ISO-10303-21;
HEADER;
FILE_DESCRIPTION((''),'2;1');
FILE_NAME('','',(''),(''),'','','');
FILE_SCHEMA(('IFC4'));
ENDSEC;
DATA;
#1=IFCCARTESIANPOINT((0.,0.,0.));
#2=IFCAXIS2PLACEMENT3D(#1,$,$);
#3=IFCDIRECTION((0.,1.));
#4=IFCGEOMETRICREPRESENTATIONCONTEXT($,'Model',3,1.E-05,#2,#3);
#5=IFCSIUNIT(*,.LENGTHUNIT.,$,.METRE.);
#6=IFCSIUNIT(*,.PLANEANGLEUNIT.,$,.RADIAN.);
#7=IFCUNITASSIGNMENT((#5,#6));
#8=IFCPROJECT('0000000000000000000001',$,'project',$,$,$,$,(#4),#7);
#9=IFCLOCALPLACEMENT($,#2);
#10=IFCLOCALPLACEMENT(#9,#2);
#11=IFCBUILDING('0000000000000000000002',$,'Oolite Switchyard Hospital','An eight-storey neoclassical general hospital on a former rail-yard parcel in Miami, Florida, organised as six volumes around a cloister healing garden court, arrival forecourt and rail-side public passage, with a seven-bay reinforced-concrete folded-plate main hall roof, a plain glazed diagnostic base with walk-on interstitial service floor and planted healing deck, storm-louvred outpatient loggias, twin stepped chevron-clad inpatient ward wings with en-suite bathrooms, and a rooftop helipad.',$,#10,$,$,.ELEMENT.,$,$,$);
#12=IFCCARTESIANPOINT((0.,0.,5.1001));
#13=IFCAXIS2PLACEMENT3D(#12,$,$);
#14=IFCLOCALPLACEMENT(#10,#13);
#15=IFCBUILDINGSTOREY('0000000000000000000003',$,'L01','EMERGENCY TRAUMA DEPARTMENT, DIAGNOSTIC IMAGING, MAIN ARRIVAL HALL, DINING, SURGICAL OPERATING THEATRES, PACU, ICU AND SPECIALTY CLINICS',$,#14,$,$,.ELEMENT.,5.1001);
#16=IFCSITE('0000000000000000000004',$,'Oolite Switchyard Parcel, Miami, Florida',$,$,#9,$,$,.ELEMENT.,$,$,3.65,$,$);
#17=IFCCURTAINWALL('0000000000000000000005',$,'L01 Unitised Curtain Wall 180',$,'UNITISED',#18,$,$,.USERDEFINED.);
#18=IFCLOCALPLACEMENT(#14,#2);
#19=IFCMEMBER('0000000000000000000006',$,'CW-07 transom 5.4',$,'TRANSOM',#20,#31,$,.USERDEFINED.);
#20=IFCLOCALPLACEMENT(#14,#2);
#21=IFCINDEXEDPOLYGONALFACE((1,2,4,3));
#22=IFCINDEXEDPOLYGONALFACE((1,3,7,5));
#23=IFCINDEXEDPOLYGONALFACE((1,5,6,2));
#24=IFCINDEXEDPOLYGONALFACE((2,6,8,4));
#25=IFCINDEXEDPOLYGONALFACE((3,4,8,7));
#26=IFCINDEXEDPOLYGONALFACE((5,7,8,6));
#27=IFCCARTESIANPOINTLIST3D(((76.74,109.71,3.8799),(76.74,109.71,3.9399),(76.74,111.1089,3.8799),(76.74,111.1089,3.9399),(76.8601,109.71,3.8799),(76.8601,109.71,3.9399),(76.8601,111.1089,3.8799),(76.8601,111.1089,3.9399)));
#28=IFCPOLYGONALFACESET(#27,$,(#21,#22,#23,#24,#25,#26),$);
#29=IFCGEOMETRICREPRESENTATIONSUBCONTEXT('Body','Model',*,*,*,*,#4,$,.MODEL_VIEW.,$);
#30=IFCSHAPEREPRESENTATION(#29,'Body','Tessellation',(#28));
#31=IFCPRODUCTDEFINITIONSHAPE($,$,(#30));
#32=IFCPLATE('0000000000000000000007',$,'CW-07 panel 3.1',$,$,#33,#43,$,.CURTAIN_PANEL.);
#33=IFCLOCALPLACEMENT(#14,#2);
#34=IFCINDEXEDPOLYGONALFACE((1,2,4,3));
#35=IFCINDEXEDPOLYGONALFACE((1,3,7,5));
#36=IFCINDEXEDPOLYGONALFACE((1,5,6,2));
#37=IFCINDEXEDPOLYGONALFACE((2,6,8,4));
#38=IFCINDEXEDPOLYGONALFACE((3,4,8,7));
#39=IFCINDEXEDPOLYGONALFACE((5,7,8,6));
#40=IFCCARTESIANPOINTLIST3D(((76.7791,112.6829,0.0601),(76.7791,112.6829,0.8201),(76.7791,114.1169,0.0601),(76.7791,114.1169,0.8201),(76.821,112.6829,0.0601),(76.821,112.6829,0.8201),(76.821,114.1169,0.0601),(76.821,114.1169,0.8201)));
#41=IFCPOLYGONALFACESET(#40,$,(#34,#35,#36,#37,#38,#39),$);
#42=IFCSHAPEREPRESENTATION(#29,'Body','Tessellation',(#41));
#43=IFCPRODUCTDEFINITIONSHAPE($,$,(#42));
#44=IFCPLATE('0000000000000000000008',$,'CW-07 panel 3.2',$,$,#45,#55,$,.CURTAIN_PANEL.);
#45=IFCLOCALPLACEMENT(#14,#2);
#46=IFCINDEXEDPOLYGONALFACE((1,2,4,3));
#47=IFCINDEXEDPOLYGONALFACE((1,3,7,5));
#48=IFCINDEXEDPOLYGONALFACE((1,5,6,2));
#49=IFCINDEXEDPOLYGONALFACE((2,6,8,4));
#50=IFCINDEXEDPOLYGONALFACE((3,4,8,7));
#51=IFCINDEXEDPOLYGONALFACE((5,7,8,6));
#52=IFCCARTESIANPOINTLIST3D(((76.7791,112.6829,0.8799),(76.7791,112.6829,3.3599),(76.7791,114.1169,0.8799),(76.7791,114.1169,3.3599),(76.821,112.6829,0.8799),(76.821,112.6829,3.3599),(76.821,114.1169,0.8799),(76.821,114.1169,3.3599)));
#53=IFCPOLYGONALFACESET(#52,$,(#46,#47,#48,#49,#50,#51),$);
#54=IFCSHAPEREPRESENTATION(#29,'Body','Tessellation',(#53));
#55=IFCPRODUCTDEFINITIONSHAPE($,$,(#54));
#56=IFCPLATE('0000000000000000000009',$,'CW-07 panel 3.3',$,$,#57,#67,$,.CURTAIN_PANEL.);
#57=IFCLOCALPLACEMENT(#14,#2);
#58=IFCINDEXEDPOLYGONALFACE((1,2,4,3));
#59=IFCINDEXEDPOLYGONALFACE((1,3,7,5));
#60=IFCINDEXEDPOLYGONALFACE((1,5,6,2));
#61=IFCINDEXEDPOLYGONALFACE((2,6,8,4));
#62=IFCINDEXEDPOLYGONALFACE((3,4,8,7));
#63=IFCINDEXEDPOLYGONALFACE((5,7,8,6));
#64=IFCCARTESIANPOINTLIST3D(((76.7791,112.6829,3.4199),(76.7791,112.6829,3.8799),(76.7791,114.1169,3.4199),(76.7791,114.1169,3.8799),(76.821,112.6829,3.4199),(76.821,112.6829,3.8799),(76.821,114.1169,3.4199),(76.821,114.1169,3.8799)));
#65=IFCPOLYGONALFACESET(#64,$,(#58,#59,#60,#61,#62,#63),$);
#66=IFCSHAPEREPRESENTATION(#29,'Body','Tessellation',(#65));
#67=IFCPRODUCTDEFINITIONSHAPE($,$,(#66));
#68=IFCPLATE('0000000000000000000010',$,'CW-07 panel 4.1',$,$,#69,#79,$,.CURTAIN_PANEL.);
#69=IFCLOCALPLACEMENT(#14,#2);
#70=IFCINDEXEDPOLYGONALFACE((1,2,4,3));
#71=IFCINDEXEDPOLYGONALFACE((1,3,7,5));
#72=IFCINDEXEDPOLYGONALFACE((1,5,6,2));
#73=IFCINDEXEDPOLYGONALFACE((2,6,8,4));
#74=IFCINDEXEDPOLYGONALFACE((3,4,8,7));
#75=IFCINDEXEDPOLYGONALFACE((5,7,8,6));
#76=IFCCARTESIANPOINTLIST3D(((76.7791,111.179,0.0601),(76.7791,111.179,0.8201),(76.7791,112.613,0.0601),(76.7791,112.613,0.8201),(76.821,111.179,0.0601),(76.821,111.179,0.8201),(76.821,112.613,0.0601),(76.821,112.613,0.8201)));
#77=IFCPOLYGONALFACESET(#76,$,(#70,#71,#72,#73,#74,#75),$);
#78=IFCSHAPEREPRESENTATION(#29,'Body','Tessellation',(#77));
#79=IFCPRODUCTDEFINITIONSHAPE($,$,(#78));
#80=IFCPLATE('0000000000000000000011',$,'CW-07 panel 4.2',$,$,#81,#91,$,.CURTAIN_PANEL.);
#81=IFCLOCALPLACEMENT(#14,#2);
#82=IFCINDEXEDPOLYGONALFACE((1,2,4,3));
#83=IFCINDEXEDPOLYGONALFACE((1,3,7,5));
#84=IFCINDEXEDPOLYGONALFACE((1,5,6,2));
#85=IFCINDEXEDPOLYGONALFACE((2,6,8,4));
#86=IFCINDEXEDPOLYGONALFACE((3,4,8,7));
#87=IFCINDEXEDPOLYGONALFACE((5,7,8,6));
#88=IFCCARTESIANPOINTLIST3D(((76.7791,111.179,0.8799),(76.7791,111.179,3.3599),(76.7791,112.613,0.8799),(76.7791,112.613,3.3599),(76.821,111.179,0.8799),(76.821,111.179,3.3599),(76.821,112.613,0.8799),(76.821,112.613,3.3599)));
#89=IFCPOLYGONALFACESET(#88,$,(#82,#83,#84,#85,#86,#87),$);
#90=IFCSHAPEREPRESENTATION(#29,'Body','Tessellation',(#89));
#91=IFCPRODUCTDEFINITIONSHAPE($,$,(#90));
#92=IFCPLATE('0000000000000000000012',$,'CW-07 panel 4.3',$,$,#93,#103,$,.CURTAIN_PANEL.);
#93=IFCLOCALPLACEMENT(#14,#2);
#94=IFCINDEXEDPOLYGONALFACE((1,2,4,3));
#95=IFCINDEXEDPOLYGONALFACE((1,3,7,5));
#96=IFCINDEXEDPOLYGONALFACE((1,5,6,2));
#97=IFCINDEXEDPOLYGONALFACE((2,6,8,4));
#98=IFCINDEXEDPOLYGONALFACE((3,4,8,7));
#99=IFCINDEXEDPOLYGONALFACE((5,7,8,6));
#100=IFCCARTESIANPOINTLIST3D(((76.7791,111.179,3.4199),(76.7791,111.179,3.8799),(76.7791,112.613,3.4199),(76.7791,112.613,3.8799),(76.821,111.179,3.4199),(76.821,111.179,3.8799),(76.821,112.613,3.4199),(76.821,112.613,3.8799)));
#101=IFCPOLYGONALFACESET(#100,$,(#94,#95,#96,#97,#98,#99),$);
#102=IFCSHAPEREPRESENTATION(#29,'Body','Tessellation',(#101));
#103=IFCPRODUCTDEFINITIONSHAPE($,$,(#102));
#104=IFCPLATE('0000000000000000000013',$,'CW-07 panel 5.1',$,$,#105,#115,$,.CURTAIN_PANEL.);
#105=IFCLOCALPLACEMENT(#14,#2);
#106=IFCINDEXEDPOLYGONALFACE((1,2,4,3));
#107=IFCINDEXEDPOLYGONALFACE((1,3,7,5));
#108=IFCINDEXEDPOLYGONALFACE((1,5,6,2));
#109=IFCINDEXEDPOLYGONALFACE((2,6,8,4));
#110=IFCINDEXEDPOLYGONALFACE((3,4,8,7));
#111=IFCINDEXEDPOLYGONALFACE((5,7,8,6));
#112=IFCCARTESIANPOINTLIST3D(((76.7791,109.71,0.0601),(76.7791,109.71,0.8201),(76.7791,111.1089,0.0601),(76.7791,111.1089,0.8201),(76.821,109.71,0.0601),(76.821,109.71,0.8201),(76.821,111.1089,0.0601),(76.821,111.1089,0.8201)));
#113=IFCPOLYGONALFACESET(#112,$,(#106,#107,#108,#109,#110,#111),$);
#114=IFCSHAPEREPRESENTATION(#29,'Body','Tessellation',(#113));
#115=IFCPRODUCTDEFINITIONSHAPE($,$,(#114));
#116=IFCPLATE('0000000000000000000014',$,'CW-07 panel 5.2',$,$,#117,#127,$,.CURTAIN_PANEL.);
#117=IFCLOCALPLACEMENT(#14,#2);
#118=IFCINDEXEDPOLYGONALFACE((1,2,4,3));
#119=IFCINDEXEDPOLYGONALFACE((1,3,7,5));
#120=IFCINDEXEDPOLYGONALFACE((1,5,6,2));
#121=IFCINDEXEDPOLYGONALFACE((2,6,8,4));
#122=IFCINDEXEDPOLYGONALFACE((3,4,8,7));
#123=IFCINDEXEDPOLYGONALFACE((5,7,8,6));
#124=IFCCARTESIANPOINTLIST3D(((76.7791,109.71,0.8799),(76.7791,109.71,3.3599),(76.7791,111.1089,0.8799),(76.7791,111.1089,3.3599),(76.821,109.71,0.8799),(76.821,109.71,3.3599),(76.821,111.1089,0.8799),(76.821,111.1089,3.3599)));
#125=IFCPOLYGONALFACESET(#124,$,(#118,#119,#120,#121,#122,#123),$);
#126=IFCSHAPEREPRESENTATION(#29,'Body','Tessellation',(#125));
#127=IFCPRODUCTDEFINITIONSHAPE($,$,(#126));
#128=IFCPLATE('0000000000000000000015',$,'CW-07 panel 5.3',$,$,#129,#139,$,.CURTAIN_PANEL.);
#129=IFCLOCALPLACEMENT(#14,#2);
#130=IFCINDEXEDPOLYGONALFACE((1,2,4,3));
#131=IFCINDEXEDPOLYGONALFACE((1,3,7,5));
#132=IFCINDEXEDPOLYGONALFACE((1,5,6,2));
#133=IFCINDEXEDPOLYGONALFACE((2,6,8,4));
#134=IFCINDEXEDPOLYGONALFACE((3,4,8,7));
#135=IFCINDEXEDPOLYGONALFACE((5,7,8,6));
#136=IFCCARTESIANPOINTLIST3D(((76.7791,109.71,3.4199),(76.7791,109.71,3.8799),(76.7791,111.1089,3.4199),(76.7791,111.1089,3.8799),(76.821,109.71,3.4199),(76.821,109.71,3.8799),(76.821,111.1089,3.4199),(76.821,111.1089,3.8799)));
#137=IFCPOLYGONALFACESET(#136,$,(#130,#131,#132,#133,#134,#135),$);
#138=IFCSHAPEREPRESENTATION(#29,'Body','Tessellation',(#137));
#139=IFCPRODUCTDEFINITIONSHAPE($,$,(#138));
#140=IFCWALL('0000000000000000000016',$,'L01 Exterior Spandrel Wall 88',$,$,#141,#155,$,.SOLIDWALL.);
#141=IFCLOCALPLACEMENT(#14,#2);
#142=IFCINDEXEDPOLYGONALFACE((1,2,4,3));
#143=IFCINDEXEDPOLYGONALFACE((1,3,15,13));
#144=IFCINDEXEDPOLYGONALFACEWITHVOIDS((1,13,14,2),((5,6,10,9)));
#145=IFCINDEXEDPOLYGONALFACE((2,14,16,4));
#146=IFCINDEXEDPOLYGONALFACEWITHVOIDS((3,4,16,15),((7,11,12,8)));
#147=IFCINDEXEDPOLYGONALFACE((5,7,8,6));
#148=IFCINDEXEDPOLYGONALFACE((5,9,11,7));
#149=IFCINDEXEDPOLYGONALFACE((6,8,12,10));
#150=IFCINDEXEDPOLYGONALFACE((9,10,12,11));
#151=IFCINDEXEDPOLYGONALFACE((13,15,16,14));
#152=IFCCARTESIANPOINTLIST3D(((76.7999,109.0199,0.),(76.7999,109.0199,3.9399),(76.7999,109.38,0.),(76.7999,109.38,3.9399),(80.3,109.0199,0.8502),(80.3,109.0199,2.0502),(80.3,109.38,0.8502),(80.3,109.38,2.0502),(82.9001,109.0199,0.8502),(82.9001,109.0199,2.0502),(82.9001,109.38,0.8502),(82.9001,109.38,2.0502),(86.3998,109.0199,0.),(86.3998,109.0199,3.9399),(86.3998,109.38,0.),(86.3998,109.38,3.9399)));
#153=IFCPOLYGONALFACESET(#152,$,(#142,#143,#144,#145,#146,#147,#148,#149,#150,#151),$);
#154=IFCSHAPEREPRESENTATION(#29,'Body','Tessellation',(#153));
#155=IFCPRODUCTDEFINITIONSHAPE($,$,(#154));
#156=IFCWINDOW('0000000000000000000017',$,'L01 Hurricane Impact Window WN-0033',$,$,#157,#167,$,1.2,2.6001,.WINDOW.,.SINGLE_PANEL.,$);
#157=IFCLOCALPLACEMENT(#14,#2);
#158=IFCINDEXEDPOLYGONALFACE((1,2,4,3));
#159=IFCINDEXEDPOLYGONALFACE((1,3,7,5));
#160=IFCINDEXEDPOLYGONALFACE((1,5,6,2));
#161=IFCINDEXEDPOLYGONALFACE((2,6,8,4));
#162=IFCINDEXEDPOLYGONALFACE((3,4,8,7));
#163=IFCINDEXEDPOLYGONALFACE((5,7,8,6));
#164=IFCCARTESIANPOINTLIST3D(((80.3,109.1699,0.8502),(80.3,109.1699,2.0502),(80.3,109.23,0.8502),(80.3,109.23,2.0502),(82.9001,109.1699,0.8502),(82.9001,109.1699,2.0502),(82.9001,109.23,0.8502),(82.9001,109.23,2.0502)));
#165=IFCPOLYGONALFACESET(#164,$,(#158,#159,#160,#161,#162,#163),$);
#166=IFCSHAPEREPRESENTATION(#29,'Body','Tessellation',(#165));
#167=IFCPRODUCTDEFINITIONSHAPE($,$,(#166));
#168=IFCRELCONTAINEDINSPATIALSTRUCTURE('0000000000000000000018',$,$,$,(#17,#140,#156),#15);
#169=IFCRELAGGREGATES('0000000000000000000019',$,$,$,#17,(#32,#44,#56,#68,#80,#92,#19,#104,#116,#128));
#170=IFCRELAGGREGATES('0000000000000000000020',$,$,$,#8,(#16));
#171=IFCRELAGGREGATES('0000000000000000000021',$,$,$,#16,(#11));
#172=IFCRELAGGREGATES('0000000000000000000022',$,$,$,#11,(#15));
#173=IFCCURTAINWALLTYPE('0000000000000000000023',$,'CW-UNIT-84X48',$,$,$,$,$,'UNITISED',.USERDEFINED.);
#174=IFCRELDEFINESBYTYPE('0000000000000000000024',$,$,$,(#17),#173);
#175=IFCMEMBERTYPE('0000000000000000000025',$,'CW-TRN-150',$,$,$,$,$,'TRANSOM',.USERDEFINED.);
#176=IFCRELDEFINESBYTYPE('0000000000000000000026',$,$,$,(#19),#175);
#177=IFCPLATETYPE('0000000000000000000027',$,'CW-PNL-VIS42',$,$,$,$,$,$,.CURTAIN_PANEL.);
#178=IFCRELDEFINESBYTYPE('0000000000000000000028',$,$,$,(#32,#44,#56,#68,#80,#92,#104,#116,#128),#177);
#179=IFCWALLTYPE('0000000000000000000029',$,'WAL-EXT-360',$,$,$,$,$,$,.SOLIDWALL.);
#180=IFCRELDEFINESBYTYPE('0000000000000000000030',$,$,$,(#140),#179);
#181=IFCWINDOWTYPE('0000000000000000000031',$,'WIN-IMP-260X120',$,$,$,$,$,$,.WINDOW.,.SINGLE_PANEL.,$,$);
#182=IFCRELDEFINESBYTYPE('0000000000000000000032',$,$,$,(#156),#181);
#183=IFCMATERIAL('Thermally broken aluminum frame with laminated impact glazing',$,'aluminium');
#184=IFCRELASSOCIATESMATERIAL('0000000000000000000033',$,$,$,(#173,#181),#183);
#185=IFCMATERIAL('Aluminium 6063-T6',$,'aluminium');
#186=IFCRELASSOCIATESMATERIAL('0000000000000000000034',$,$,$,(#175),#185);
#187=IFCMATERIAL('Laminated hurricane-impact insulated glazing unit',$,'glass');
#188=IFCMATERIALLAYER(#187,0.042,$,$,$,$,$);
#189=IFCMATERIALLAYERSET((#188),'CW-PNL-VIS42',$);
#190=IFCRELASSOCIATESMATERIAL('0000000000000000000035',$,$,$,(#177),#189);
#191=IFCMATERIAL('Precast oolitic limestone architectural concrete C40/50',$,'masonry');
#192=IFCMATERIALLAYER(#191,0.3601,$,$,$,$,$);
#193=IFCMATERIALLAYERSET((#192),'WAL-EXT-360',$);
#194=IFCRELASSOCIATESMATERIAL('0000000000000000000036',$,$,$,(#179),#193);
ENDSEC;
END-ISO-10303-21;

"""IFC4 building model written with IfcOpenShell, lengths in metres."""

from ifc_helpers import new_model, si_unit, direction, frame, frame_2d, origin, origin_2d, place, context, subcontext, project, spatial, rectangle, extrude, material, layer, layer_set, material_profile, profile_set, type_object, element, fill, aggregate, save


model = new_model("IFC4")

# Units and contexts
model_context = context("Model", 3, precision=1e-05, world=origin(), true_north=direction((0.0, 1.0)))
body_context = subcontext(model_context, "Body", "Model", "MODEL_VIEW")
ifc_project = project(units=[si_unit("LENGTHUNIT", "METRE"), si_unit("PLANEANGLEUNIT", "RADIAN")], contexts=[model_context])

# Site, building, storey
site_placement = place(None, origin())
site = spatial("IfcSite", under=ifc_project, at=site_placement, Name="Oolite Switchyard Parcel, Miami, Florida", CompositionType="ELEMENT", RefElevation=3.65)
building_placement = place(site_placement, origin())
building = spatial("IfcBuilding", under=site, at=building_placement, Name="Oolite Switchyard Hospital", Description="An eight-storey neoclassical general hospital on a former rail-yard parcel in Miami, Florida, organised as six volumes around a cloister healing garden court, arrival forecourt and rail-side public passage, with a seven-bay reinforced-concrete folded-plate main hall roof, a plain glazed diagnostic base with walk-on interstitial service floor and planted healing deck, storm-louvred outpatient loggias, twin stepped chevron-clad inpatient ward wings with en-suite bathrooms, and a rooftop helipad.", CompositionType="ELEMENT")
storey_placement = place(building_placement, frame((0.0, 0.0, 5.1001)))
storey = spatial("IfcBuildingStorey", under=building, at=storey_placement, Name="L01", Description="EMERGENCY TRAUMA DEPARTMENT, DIAGNOSTIC IMAGING, MAIN ARRIVAL HALL, DINING, SURGICAL OPERATING THEATRES, PACU, ICU AND SPECIALTY CLINICS", CompositionType="ELEMENT", Elevation=5.1001)

# Curtain wall, member, plates
ifc_material_1 = material(Name="Thermally broken aluminum frame with laminated impact glazing", Category="aluminium")
curtain_wall_type = type_object("IfcCurtainWallType", Name="CW-UNIT-84X48", ElementType="UNITISED", PredefinedType="USERDEFINED", material=ifc_material_1)
curtain_wall_placement = place(storey_placement, origin())
curtain_wall = element("IfcCurtainWall", 1, at=curtain_wall_placement, inside=storey, type_object=curtain_wall_type, Name="L01 Unitised Curtain Wall 180", ObjectType="UNITISED", PredefinedType="USERDEFINED")
ifc_material_2 = material(Name="Aluminium 6063-T6", Category="aluminium")
ifc_material_profile_1 = material_profile(ifc_material_2, rectangle(XDim=0.1201, YDim=0.0601, at=origin_2d()), Name="CWT60X120")
ifc_profile_set_1 = profile_set([ifc_material_profile_1], Name="Aluminium 6063-T6")
member_type_1 = type_object("IfcMemberType", Name="CW-TRN-150", ElementType="TRANSOM", PredefinedType="USERDEFINED", material=ifc_profile_set_1)
member_1_placement = place(storey_placement, frame((76.8, 111.1089, 3.9099), z_axis=(0.0, -1.0, 0.0), x_axis=(1.0, 0.0, 0.0)))
member_1 = element("IfcMember", 2, at=member_1_placement, type_object=member_type_1, Name="CW-07 transom 5.4", ObjectType="TRANSOM", PredefinedType="USERDEFINED", context=body_context, shape_type="SweptSolid", body=[
    extrude(rectangle(XDim=0.1201, YDim=0.0601, at=origin_2d()), origin(), (0.0, 0.0, 1.0), 1.3989),
])
ifc_material_3 = material(Name="Laminated hurricane-impact insulated glazing unit", Category="glass")
ifc_layer_1 = layer(ifc_material_3, 0.042)
ifc_layer_set_1 = layer_set([ifc_layer_1], Name="CW-PNL-VIS42")
plate_type = type_object("IfcPlateType", Name="CW-PNL-VIS42", PredefinedType="CURTAIN_PANEL", material=ifc_layer_set_1)
plate_1_placement = place(storey_placement, frame((76.8, 113.3999, 0.0601), z_axis=(0.0, 0.0, 1.0), x_axis=(0.0, -1.0, 0.0)))
plate_1 = element("IfcPlate", 3, at=plate_1_placement, type_object=plate_type, Name="CW-07 panel 3.1", PredefinedType="CURTAIN_PANEL", context=body_context, shape_type="SweptSolid", body=[
    extrude(rectangle(XDim=1.4341, YDim=0.042, at=origin_2d()), origin(), (0.0, 0.0, 1.0), 0.76),
])
plate_2_placement = place(storey_placement, frame((76.8, 113.3999, 0.8799), z_axis=(0.0, 0.0, 1.0), x_axis=(0.0, -1.0, 0.0)))
plate_2 = element("IfcPlate", 4, at=plate_2_placement, type_object=plate_type, Name="CW-07 panel 3.2", PredefinedType="CURTAIN_PANEL", context=body_context, shape_type="SweptSolid", body=[
    extrude(rectangle(XDim=1.4341, YDim=0.042, at=origin_2d()), origin(), (0.0, 0.0, 1.0), 2.48),
])
plate_3_placement = place(storey_placement, frame((76.8, 113.3999, 3.4199), z_axis=(0.0, 0.0, 1.0), x_axis=(0.0, -1.0, 0.0)))
plate_3 = element("IfcPlate", 5, at=plate_3_placement, type_object=plate_type, Name="CW-07 panel 3.3", PredefinedType="CURTAIN_PANEL", context=body_context, shape_type="SweptSolid", body=[
    extrude(rectangle(XDim=1.4341, YDim=0.042, at=origin_2d()), origin(), (0.0, 0.0, 1.0), 0.46),
])
plate_4_placement = place(storey_placement, frame((76.8, 111.896, 0.0601), z_axis=(0.0, 0.0, 1.0), x_axis=(0.0, -1.0, 0.0)))
plate_4 = element("IfcPlate", 6, at=plate_4_placement, type_object=plate_type, Name="CW-07 panel 4.1", PredefinedType="CURTAIN_PANEL", context=body_context, shape_type="SweptSolid", body=[
    extrude(rectangle(XDim=1.4341, YDim=0.042, at=origin_2d()), origin(), (0.0, 0.0, 1.0), 0.76),
])
plate_5_placement = place(storey_placement, frame((76.8, 111.896, 0.8799), z_axis=(0.0, 0.0, 1.0), x_axis=(0.0, -1.0, 0.0)))
plate_5 = element("IfcPlate", 7, at=plate_5_placement, type_object=plate_type, Name="CW-07 panel 4.2", PredefinedType="CURTAIN_PANEL", context=body_context, shape_type="SweptSolid", body=[
    extrude(rectangle(XDim=1.4341, YDim=0.042, at=origin_2d()), origin(), (0.0, 0.0, 1.0), 2.48),
])
plate_6_placement = place(storey_placement, frame((76.8, 111.896, 3.4199), z_axis=(0.0, 0.0, 1.0), x_axis=(0.0, -1.0, 0.0)))
plate_6 = element("IfcPlate", 8, at=plate_6_placement, type_object=plate_type, Name="CW-07 panel 4.3", PredefinedType="CURTAIN_PANEL", context=body_context, shape_type="SweptSolid", body=[
    extrude(rectangle(XDim=1.4341, YDim=0.042, at=origin_2d()), origin(), (0.0, 0.0, 1.0), 0.46),
])
plate_7_placement = place(storey_placement, frame((76.8, 110.4094, 0.0601), z_axis=(0.0, 0.0, 1.0), x_axis=(0.0, -1.0, 0.0)))
plate_7 = element("IfcPlate", 9, at=plate_7_placement, type_object=plate_type, Name="CW-07 panel 5.1", PredefinedType="CURTAIN_PANEL", context=body_context, shape_type="SweptSolid", body=[
    extrude(rectangle(XDim=1.3989, YDim=0.042, at=origin_2d()), origin(), (0.0, 0.0, 1.0), 0.76),
])
plate_8_placement = place(storey_placement, frame((76.8, 110.4094, 0.8799), z_axis=(0.0, 0.0, 1.0), x_axis=(0.0, -1.0, 0.0)))
plate_8 = element("IfcPlate", 10, at=plate_8_placement, type_object=plate_type, Name="CW-07 panel 5.2", PredefinedType="CURTAIN_PANEL", context=body_context, shape_type="SweptSolid", body=[
    extrude(rectangle(XDim=1.3989, YDim=0.042, at=origin_2d()), origin(), (0.0, 0.0, 1.0), 2.48),
])
plate_9_placement = place(storey_placement, frame((76.8, 110.4094, 3.4199), z_axis=(0.0, 0.0, 1.0), x_axis=(0.0, -1.0, 0.0)))
plate_9 = element("IfcPlate", 11, at=plate_9_placement, type_object=plate_type, Name="CW-07 panel 5.3", PredefinedType="CURTAIN_PANEL", context=body_context, shape_type="SweptSolid", body=[
    extrude(rectangle(XDim=1.3989, YDim=0.042, at=origin_2d()), origin(), (0.0, 0.0, 1.0), 0.46),
])
aggregate(curtain_wall, [plate_1, plate_2, plate_3, plate_4, plate_5, plate_6, member_1, plate_7, plate_8, plate_9])

# Wall, opening, window
ifc_material_4 = material(Name="Precast oolitic limestone architectural concrete C40/50", Category="masonry")
ifc_layer_2 = layer(ifc_material_4, 0.3601)
ifc_layer_set_2 = layer_set([ifc_layer_2], Name="WAL-EXT-360")
wall_type = type_object("IfcWallType", Name="WAL-EXT-360", PredefinedType="SOLIDWALL", material=ifc_layer_set_2)
wall_placement = place(storey_placement, frame((76.8, 109.2, 0.0), z_axis=(0.0, 0.0, 1.0), x_axis=(1.0, 0.0, 0.0)))
wall = element("IfcWall", 12, at=wall_placement, inside=storey, type_object=wall_type, Name="L01 Exterior Spandrel Wall 88", PredefinedType="SOLIDWALL", context=body_context, shape_type="SweptSolid", body=[
    extrude(rectangle(XDim=9.5999, YDim=0.3601, at=frame_2d((4.7998, 0.0))), origin(), (0.0, 0.0, 1.0), 3.9399),
])
opening_placement = place(wall_placement, frame((3.5, 0.0, 0.8501)))
opening = element("IfcOpeningElement", 13, at=opening_placement, cuts=wall, PredefinedType="OPENING", context=body_context, shape_type="SweptSolid", body=[
    extrude(rectangle(XDim=2.6001, YDim=1.2, at=frame_2d((1.3, 0.6001))), frame((0.0, 0.1899, 0.0), z_axis=(0.0, -1.0, 0.0), x_axis=(1.0, 0.0, 0.0)), (0.0, 0.0, 1.0), 0.3801),
])
window_type = type_object("IfcWindowType", Name="WIN-IMP-260X120", PartitioningType="SINGLE_PANEL", PredefinedType="WINDOW", material=ifc_material_1)
window_placement = place(opening_placement, origin())
window = element("IfcWindow", 14, at=window_placement, inside=storey, type_object=window_type, Name="L01 Hurricane Impact Window WN-0033", OverallHeight=1.2, OverallWidth=2.6001, PartitioningType="SINGLE_PANEL", PredefinedType="WINDOW", context=body_context, shape_type="SweptSolid", body=[
    extrude(rectangle(XDim=2.6001, YDim=1.2, at=frame_2d((1.3, 0.6001))), frame((0.0, 0.03, 0.0), z_axis=(0.0, -1.0, 0.0), x_axis=(1.0, 0.0, 0.0)), (0.0, 0.0, 1.0), 0.0601),
])
fill(opening, window)

save(model, "model.ifc")
